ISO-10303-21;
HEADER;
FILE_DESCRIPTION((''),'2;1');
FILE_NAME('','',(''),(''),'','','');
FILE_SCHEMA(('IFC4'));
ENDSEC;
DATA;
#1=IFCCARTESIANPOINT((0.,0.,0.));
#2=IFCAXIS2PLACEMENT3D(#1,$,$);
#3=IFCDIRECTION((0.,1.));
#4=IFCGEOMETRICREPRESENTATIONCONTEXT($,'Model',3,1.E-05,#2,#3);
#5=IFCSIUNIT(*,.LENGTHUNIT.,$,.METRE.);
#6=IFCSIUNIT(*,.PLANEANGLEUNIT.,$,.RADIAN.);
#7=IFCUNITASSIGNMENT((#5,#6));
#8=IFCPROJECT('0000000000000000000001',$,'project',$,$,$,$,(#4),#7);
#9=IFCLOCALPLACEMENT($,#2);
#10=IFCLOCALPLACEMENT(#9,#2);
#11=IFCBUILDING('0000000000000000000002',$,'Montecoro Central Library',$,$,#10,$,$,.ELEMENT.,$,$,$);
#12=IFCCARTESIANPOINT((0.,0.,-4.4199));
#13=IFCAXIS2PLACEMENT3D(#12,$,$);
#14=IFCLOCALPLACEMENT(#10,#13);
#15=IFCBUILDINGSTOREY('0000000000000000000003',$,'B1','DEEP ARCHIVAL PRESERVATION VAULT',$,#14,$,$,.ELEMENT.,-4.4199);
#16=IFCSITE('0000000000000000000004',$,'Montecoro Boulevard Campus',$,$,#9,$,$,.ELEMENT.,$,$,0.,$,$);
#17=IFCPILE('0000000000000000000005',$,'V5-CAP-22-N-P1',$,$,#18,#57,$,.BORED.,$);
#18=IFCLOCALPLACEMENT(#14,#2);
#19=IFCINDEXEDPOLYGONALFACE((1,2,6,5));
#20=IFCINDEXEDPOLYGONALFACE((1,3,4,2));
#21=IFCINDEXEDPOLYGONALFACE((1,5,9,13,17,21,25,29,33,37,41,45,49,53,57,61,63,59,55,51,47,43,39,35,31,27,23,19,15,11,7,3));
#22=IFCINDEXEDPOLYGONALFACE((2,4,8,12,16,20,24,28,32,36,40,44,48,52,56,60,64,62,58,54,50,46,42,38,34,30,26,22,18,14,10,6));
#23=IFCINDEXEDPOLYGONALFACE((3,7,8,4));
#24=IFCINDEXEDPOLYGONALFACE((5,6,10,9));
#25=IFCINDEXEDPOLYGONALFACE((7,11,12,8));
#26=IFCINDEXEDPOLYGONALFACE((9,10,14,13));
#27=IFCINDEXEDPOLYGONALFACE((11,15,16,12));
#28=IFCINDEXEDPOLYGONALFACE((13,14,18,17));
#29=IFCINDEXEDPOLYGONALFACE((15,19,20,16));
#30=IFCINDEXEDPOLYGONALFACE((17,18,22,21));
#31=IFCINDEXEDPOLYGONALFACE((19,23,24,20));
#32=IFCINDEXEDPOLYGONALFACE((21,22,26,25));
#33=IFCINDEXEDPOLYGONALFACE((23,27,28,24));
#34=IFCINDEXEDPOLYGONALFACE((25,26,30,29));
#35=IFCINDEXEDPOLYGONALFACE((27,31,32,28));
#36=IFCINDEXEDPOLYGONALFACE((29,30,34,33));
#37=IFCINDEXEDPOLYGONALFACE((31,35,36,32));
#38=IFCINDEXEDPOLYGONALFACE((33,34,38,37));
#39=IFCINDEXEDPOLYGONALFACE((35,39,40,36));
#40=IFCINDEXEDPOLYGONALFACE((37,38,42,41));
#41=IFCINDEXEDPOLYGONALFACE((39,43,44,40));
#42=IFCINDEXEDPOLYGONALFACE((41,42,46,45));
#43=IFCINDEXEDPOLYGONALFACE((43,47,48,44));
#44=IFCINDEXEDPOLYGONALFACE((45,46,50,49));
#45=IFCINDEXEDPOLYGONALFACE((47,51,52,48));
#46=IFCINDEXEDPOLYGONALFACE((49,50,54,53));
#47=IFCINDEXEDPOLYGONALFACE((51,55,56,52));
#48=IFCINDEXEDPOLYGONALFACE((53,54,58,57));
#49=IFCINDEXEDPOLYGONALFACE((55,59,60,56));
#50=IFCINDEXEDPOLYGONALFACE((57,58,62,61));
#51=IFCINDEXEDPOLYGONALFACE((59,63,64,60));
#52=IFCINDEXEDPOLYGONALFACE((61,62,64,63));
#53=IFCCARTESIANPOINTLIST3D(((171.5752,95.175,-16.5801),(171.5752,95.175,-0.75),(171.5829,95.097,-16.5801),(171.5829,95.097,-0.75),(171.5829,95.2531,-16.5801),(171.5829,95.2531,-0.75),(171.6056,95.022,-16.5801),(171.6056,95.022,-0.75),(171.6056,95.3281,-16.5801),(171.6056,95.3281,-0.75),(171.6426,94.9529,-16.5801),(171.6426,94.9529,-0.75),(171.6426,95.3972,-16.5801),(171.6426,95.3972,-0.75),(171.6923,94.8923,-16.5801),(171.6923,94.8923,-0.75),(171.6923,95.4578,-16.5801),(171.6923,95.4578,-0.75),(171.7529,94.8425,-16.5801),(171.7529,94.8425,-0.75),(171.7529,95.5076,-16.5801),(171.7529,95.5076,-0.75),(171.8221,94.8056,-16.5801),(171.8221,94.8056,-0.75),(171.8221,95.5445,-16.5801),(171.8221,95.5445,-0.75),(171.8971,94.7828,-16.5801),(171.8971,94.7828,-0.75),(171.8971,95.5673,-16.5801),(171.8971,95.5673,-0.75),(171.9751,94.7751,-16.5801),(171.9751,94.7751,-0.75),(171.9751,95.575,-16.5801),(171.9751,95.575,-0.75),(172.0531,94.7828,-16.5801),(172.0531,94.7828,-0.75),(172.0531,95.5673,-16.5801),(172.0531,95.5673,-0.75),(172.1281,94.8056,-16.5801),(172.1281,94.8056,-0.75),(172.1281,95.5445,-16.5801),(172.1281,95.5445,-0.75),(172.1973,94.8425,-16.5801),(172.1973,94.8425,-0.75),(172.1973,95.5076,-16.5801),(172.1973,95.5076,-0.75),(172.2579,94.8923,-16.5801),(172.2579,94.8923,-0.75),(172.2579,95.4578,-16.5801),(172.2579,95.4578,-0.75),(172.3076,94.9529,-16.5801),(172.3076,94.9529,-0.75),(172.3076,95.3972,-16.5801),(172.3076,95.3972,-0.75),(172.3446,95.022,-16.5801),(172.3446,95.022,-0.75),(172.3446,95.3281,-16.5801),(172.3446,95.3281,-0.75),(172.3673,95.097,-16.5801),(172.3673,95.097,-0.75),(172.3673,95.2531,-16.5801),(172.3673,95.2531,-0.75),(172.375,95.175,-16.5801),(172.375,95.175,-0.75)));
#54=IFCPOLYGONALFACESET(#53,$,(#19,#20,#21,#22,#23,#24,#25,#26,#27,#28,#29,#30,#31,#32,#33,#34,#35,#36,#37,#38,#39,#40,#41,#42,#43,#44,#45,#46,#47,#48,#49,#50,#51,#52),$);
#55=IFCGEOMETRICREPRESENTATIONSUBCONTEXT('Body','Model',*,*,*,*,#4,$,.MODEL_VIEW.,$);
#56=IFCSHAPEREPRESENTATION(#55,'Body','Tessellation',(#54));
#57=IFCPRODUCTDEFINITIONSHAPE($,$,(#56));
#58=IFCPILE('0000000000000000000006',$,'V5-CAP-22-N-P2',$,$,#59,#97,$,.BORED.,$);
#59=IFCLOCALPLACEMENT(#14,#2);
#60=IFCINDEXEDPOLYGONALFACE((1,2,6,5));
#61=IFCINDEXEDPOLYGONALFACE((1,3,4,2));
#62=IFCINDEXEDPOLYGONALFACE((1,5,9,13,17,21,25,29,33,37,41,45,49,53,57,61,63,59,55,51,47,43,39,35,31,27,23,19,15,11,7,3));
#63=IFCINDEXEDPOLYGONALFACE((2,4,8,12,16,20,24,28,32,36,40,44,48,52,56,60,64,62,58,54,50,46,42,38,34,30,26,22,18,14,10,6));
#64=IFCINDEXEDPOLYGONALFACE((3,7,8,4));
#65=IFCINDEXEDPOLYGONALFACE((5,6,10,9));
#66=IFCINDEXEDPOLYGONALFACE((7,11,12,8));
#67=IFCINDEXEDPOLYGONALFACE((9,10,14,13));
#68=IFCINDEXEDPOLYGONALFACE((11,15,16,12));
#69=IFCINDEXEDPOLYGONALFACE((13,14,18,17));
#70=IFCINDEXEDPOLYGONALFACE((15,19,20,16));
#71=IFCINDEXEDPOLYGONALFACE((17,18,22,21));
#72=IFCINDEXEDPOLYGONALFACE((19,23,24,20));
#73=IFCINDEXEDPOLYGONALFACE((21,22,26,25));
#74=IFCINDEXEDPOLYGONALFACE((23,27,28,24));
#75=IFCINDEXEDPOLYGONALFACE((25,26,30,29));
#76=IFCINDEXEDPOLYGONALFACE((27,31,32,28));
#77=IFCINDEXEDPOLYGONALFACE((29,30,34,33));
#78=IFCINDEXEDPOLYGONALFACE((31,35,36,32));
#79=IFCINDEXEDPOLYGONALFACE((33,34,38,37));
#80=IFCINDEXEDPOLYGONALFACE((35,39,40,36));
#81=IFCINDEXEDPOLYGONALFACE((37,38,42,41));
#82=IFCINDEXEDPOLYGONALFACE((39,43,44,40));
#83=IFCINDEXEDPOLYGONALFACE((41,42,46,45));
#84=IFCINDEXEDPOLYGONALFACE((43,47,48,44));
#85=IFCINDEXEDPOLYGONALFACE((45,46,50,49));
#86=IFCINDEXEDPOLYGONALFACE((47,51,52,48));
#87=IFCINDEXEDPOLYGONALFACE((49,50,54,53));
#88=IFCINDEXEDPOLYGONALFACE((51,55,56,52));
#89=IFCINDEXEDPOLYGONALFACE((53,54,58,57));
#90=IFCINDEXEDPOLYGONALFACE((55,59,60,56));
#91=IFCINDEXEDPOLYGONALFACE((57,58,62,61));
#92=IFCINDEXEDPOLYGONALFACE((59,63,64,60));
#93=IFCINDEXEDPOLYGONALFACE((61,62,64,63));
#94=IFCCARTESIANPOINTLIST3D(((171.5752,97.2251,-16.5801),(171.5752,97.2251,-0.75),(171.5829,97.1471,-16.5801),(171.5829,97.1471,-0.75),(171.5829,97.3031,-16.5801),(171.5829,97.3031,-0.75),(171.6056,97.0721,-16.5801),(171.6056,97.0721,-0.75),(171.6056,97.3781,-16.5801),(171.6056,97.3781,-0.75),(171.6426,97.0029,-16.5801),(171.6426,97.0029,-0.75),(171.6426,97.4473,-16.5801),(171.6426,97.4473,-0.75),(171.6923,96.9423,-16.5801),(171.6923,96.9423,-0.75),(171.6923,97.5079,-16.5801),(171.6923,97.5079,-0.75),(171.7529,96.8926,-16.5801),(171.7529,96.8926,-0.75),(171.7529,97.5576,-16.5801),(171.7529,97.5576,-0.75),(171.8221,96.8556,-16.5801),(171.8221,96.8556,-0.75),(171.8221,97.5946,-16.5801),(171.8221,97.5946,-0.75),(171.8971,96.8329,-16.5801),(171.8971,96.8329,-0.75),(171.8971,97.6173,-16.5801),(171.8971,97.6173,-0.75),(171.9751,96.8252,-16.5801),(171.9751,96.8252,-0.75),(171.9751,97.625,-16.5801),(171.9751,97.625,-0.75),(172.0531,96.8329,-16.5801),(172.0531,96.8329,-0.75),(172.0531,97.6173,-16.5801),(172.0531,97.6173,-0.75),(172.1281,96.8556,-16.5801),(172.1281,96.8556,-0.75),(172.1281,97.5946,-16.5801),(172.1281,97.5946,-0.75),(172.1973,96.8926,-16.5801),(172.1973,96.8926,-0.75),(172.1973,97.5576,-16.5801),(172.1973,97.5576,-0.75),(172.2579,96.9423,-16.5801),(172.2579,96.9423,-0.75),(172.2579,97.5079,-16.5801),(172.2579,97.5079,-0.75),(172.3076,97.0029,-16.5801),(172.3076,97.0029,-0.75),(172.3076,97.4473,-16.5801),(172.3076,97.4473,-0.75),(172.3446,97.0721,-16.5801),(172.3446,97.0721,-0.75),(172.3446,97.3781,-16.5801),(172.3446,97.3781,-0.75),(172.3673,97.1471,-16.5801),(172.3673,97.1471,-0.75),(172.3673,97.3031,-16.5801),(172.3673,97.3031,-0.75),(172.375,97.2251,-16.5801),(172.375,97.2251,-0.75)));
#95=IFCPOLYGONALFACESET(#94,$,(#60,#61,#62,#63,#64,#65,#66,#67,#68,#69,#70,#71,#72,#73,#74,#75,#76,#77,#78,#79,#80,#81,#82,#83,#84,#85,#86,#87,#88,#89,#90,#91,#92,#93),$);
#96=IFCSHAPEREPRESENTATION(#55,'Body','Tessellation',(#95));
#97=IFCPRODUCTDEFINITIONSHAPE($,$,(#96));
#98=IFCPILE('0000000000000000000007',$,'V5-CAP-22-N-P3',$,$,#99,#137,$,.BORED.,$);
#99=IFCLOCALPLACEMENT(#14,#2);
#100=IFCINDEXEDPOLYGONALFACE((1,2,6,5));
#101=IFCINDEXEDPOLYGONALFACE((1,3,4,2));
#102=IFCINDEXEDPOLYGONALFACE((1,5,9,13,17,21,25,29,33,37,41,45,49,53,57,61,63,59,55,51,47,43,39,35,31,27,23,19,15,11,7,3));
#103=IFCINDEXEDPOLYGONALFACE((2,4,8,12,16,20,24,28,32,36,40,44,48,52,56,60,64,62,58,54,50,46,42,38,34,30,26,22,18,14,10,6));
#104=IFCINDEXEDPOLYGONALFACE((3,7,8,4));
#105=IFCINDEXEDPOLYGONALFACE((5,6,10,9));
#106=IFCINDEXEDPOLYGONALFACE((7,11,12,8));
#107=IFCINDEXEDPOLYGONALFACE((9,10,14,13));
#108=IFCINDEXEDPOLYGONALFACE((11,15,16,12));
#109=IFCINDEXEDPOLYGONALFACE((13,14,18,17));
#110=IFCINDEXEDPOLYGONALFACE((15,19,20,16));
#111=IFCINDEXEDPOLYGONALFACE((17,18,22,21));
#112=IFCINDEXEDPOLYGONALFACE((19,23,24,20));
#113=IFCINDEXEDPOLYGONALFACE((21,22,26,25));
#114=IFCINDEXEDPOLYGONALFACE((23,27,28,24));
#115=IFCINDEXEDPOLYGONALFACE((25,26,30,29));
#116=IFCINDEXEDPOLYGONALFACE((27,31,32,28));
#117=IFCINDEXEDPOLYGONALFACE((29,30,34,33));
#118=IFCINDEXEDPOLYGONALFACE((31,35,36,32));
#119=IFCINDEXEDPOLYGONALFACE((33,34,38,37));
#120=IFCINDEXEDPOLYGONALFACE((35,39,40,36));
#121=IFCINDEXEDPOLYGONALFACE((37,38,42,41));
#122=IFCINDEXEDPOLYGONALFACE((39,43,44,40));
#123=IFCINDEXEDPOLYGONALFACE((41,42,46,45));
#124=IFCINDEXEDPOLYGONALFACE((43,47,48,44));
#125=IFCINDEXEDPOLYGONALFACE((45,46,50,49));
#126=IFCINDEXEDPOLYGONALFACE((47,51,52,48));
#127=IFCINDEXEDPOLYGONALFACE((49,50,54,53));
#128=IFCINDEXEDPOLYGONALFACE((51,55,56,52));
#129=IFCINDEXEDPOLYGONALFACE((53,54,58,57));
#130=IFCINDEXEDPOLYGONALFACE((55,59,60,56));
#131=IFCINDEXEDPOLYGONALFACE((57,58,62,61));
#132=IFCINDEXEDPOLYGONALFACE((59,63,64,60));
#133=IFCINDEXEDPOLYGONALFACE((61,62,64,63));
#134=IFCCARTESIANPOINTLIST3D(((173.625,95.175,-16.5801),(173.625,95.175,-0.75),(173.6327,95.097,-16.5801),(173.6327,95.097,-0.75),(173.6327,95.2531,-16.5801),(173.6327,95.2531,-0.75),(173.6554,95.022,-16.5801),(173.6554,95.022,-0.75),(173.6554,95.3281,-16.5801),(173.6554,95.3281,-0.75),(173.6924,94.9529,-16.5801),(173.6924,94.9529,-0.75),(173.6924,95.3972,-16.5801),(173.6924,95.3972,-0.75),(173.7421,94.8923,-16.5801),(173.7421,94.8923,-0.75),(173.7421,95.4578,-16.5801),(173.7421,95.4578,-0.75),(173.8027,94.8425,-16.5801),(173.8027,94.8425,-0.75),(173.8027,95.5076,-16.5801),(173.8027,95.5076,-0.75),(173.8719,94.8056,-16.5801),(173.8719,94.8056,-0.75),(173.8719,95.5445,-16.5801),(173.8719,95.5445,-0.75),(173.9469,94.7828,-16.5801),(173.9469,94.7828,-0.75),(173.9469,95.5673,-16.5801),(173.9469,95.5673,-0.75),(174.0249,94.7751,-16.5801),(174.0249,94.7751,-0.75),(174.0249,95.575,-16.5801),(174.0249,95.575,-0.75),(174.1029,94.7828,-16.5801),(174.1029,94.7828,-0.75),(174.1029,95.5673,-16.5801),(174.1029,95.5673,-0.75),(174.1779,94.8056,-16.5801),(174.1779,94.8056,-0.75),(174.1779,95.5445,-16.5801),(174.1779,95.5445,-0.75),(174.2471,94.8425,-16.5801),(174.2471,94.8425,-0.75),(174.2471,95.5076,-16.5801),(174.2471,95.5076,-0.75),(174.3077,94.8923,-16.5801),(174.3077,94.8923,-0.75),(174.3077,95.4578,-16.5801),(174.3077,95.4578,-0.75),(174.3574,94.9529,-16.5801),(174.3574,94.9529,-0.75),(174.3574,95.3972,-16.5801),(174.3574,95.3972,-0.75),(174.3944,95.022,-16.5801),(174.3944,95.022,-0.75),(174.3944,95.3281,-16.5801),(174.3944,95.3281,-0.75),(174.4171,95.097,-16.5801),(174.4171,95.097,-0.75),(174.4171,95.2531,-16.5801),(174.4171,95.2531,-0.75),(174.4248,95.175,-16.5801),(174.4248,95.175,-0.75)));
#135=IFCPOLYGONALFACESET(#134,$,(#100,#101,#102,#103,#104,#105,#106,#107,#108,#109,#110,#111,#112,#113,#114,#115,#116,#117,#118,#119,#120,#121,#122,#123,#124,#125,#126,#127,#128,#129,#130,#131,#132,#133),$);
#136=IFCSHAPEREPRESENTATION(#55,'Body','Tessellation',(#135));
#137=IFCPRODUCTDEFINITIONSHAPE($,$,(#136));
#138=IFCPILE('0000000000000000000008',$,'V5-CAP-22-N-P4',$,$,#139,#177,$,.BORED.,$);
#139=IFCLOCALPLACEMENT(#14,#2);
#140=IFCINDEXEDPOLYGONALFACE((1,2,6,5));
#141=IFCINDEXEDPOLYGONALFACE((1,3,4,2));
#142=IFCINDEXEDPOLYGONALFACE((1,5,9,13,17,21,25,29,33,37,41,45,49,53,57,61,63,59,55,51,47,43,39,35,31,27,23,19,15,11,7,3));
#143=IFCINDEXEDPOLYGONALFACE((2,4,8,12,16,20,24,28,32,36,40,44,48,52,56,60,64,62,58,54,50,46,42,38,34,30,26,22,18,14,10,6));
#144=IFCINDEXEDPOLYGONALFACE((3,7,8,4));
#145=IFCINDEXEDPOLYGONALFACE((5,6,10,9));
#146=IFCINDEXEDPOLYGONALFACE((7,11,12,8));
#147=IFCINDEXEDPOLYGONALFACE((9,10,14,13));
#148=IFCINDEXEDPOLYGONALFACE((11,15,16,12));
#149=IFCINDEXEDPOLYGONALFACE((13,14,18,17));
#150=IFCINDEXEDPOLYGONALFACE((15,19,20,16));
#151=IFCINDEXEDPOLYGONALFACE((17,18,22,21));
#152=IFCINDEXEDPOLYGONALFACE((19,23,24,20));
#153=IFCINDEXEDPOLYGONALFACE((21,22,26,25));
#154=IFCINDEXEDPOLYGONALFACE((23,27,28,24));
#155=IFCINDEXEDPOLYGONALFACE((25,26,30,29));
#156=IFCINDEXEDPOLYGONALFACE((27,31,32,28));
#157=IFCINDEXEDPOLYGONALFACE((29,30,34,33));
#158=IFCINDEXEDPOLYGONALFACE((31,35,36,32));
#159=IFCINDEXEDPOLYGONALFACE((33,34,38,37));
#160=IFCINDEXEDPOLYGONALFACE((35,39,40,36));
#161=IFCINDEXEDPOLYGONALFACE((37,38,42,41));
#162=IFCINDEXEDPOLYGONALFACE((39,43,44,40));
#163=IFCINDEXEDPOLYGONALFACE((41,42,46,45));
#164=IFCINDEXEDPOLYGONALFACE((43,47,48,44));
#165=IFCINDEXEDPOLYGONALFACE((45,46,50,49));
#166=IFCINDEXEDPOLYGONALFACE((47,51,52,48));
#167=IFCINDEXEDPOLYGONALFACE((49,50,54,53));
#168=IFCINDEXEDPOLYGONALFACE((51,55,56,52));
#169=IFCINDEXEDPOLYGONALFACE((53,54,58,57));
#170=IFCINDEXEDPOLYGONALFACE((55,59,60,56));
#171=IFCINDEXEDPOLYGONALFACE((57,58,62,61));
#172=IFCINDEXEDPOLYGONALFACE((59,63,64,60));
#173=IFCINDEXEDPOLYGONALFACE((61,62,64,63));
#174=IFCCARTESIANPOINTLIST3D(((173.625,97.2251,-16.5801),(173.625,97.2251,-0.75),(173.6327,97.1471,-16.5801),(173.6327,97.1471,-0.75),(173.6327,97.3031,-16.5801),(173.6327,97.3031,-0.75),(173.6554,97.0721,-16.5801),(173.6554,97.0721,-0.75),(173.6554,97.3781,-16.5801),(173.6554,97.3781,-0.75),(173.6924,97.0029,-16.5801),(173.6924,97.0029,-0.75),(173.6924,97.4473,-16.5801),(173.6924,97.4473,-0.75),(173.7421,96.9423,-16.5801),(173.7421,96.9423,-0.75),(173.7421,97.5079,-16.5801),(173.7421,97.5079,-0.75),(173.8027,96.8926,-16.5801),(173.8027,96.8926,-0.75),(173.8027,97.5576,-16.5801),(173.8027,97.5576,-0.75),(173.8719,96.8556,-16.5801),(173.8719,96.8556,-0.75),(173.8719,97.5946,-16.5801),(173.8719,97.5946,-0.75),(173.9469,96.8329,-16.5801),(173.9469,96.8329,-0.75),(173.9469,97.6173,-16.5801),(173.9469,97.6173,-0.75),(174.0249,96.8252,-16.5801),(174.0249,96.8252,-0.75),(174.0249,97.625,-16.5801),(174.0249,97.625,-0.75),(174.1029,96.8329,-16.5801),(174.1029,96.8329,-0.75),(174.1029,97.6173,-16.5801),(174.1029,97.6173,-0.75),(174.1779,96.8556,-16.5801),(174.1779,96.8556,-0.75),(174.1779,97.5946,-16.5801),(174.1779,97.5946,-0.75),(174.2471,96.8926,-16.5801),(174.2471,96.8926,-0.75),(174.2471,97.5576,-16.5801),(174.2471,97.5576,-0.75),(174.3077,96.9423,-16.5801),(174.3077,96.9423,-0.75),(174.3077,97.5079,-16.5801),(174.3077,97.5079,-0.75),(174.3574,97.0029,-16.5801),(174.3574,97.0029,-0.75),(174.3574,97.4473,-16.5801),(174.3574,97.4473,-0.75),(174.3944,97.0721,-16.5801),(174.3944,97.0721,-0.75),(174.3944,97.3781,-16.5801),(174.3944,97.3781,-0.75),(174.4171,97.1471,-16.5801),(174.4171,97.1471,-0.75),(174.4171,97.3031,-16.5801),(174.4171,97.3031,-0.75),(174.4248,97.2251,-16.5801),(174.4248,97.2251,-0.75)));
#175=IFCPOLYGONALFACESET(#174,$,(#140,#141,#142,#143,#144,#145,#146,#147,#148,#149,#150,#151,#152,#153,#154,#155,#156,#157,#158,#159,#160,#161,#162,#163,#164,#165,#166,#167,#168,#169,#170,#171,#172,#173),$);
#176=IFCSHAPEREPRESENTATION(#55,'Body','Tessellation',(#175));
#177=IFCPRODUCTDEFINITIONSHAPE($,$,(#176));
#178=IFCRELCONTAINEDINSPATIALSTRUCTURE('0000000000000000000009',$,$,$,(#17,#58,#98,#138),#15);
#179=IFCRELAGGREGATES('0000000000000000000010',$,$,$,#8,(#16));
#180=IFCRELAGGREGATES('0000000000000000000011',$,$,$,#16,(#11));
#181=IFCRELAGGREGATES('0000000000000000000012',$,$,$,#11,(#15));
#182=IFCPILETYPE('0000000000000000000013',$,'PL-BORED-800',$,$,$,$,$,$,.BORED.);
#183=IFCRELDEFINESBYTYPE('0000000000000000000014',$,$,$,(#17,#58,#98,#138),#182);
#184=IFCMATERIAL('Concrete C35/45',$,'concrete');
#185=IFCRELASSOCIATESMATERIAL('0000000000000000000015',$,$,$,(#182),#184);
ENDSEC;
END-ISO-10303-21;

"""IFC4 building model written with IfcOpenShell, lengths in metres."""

from ifc_helpers import new_model, si_unit, direction, frame, origin, origin_2d, place, context, subcontext, project, spatial, circle, extrude, material, material_profile, profile_set, type_object, element, save


model = new_model("IFC4")

# Units and contexts
model_context = context("Model", 3, precision=1e-05, world=origin(), true_north=direction((0.0, 1.0)))
body_context = subcontext(model_context, "Body", "Model", "MODEL_VIEW")
ifc_project = project(units=[si_unit("LENGTHUNIT", "METRE"), si_unit("PLANEANGLEUNIT", "RADIAN")], contexts=[model_context])

# Site, building, storey
site_placement = place(None, origin())
site = spatial("IfcSite", under=ifc_project, at=site_placement, Name="Montecoro Boulevard Campus", CompositionType="ELEMENT", RefElevation=0.0)
building_placement = place(site_placement, origin())
building = spatial("IfcBuilding", under=site, at=building_placement, Name="Montecoro Central Library", CompositionType="ELEMENT")
storey_placement = place(building_placement, frame((0.0, 0.0, -4.4199)))
storey = spatial("IfcBuildingStorey", under=building, at=storey_placement, Name="B1", Description="DEEP ARCHIVAL PRESERVATION VAULT", CompositionType="ELEMENT", Elevation=-4.4199)

# Shared definitions
ifc_material_1 = material(Name="Concrete C35/45", Category="concrete")

# Piles
ifc_material_profile_1 = material_profile(ifc_material_1, circle(Radius=0.3999, at=origin_2d()), Name="PILE D800")
ifc_profile_set_1 = profile_set([ifc_material_profile_1], Name="Concrete C35/45")
pile_type_1 = type_object("IfcPileType", Name="PL-BORED-800", PredefinedType="BORED", material=ifc_profile_set_1)
for number, where, z_axis, x_axis, name in (
    (1, (171.9751, 95.175, -0.75), (0.0, 0.0, -1.0), (1.0, 0.0, 0.0), "V5-CAP-22-N-P1"),
    (2, (171.9751, 97.2251, -0.75), (0.0, 0.0, -1.0), (1.0, 0.0, 0.0), "V5-CAP-22-N-P2"),
    (3, (174.0249, 95.175, -0.75), (0.0, 0.0, -1.0), (1.0, 0.0, 0.0), "V5-CAP-22-N-P3"),
    (4, (174.0249, 97.2251, -0.75), (0.0, 0.0, -1.0), (1.0, 0.0, 0.0), "V5-CAP-22-N-P4"),
):
    element("IfcPile", number, at=place(storey_placement, frame(where, z_axis=z_axis, x_axis=x_axis)), inside=storey, type_object=pile_type_1, Name=name, PredefinedType="BORED", context=body_context, shape_type="SweptSolid", body=[
        extrude(circle(Radius=0.3999, at=origin_2d()), origin(), (0.0, 0.0, 1.0), 15.8301),
    ])

save(model, "model.ifc")
